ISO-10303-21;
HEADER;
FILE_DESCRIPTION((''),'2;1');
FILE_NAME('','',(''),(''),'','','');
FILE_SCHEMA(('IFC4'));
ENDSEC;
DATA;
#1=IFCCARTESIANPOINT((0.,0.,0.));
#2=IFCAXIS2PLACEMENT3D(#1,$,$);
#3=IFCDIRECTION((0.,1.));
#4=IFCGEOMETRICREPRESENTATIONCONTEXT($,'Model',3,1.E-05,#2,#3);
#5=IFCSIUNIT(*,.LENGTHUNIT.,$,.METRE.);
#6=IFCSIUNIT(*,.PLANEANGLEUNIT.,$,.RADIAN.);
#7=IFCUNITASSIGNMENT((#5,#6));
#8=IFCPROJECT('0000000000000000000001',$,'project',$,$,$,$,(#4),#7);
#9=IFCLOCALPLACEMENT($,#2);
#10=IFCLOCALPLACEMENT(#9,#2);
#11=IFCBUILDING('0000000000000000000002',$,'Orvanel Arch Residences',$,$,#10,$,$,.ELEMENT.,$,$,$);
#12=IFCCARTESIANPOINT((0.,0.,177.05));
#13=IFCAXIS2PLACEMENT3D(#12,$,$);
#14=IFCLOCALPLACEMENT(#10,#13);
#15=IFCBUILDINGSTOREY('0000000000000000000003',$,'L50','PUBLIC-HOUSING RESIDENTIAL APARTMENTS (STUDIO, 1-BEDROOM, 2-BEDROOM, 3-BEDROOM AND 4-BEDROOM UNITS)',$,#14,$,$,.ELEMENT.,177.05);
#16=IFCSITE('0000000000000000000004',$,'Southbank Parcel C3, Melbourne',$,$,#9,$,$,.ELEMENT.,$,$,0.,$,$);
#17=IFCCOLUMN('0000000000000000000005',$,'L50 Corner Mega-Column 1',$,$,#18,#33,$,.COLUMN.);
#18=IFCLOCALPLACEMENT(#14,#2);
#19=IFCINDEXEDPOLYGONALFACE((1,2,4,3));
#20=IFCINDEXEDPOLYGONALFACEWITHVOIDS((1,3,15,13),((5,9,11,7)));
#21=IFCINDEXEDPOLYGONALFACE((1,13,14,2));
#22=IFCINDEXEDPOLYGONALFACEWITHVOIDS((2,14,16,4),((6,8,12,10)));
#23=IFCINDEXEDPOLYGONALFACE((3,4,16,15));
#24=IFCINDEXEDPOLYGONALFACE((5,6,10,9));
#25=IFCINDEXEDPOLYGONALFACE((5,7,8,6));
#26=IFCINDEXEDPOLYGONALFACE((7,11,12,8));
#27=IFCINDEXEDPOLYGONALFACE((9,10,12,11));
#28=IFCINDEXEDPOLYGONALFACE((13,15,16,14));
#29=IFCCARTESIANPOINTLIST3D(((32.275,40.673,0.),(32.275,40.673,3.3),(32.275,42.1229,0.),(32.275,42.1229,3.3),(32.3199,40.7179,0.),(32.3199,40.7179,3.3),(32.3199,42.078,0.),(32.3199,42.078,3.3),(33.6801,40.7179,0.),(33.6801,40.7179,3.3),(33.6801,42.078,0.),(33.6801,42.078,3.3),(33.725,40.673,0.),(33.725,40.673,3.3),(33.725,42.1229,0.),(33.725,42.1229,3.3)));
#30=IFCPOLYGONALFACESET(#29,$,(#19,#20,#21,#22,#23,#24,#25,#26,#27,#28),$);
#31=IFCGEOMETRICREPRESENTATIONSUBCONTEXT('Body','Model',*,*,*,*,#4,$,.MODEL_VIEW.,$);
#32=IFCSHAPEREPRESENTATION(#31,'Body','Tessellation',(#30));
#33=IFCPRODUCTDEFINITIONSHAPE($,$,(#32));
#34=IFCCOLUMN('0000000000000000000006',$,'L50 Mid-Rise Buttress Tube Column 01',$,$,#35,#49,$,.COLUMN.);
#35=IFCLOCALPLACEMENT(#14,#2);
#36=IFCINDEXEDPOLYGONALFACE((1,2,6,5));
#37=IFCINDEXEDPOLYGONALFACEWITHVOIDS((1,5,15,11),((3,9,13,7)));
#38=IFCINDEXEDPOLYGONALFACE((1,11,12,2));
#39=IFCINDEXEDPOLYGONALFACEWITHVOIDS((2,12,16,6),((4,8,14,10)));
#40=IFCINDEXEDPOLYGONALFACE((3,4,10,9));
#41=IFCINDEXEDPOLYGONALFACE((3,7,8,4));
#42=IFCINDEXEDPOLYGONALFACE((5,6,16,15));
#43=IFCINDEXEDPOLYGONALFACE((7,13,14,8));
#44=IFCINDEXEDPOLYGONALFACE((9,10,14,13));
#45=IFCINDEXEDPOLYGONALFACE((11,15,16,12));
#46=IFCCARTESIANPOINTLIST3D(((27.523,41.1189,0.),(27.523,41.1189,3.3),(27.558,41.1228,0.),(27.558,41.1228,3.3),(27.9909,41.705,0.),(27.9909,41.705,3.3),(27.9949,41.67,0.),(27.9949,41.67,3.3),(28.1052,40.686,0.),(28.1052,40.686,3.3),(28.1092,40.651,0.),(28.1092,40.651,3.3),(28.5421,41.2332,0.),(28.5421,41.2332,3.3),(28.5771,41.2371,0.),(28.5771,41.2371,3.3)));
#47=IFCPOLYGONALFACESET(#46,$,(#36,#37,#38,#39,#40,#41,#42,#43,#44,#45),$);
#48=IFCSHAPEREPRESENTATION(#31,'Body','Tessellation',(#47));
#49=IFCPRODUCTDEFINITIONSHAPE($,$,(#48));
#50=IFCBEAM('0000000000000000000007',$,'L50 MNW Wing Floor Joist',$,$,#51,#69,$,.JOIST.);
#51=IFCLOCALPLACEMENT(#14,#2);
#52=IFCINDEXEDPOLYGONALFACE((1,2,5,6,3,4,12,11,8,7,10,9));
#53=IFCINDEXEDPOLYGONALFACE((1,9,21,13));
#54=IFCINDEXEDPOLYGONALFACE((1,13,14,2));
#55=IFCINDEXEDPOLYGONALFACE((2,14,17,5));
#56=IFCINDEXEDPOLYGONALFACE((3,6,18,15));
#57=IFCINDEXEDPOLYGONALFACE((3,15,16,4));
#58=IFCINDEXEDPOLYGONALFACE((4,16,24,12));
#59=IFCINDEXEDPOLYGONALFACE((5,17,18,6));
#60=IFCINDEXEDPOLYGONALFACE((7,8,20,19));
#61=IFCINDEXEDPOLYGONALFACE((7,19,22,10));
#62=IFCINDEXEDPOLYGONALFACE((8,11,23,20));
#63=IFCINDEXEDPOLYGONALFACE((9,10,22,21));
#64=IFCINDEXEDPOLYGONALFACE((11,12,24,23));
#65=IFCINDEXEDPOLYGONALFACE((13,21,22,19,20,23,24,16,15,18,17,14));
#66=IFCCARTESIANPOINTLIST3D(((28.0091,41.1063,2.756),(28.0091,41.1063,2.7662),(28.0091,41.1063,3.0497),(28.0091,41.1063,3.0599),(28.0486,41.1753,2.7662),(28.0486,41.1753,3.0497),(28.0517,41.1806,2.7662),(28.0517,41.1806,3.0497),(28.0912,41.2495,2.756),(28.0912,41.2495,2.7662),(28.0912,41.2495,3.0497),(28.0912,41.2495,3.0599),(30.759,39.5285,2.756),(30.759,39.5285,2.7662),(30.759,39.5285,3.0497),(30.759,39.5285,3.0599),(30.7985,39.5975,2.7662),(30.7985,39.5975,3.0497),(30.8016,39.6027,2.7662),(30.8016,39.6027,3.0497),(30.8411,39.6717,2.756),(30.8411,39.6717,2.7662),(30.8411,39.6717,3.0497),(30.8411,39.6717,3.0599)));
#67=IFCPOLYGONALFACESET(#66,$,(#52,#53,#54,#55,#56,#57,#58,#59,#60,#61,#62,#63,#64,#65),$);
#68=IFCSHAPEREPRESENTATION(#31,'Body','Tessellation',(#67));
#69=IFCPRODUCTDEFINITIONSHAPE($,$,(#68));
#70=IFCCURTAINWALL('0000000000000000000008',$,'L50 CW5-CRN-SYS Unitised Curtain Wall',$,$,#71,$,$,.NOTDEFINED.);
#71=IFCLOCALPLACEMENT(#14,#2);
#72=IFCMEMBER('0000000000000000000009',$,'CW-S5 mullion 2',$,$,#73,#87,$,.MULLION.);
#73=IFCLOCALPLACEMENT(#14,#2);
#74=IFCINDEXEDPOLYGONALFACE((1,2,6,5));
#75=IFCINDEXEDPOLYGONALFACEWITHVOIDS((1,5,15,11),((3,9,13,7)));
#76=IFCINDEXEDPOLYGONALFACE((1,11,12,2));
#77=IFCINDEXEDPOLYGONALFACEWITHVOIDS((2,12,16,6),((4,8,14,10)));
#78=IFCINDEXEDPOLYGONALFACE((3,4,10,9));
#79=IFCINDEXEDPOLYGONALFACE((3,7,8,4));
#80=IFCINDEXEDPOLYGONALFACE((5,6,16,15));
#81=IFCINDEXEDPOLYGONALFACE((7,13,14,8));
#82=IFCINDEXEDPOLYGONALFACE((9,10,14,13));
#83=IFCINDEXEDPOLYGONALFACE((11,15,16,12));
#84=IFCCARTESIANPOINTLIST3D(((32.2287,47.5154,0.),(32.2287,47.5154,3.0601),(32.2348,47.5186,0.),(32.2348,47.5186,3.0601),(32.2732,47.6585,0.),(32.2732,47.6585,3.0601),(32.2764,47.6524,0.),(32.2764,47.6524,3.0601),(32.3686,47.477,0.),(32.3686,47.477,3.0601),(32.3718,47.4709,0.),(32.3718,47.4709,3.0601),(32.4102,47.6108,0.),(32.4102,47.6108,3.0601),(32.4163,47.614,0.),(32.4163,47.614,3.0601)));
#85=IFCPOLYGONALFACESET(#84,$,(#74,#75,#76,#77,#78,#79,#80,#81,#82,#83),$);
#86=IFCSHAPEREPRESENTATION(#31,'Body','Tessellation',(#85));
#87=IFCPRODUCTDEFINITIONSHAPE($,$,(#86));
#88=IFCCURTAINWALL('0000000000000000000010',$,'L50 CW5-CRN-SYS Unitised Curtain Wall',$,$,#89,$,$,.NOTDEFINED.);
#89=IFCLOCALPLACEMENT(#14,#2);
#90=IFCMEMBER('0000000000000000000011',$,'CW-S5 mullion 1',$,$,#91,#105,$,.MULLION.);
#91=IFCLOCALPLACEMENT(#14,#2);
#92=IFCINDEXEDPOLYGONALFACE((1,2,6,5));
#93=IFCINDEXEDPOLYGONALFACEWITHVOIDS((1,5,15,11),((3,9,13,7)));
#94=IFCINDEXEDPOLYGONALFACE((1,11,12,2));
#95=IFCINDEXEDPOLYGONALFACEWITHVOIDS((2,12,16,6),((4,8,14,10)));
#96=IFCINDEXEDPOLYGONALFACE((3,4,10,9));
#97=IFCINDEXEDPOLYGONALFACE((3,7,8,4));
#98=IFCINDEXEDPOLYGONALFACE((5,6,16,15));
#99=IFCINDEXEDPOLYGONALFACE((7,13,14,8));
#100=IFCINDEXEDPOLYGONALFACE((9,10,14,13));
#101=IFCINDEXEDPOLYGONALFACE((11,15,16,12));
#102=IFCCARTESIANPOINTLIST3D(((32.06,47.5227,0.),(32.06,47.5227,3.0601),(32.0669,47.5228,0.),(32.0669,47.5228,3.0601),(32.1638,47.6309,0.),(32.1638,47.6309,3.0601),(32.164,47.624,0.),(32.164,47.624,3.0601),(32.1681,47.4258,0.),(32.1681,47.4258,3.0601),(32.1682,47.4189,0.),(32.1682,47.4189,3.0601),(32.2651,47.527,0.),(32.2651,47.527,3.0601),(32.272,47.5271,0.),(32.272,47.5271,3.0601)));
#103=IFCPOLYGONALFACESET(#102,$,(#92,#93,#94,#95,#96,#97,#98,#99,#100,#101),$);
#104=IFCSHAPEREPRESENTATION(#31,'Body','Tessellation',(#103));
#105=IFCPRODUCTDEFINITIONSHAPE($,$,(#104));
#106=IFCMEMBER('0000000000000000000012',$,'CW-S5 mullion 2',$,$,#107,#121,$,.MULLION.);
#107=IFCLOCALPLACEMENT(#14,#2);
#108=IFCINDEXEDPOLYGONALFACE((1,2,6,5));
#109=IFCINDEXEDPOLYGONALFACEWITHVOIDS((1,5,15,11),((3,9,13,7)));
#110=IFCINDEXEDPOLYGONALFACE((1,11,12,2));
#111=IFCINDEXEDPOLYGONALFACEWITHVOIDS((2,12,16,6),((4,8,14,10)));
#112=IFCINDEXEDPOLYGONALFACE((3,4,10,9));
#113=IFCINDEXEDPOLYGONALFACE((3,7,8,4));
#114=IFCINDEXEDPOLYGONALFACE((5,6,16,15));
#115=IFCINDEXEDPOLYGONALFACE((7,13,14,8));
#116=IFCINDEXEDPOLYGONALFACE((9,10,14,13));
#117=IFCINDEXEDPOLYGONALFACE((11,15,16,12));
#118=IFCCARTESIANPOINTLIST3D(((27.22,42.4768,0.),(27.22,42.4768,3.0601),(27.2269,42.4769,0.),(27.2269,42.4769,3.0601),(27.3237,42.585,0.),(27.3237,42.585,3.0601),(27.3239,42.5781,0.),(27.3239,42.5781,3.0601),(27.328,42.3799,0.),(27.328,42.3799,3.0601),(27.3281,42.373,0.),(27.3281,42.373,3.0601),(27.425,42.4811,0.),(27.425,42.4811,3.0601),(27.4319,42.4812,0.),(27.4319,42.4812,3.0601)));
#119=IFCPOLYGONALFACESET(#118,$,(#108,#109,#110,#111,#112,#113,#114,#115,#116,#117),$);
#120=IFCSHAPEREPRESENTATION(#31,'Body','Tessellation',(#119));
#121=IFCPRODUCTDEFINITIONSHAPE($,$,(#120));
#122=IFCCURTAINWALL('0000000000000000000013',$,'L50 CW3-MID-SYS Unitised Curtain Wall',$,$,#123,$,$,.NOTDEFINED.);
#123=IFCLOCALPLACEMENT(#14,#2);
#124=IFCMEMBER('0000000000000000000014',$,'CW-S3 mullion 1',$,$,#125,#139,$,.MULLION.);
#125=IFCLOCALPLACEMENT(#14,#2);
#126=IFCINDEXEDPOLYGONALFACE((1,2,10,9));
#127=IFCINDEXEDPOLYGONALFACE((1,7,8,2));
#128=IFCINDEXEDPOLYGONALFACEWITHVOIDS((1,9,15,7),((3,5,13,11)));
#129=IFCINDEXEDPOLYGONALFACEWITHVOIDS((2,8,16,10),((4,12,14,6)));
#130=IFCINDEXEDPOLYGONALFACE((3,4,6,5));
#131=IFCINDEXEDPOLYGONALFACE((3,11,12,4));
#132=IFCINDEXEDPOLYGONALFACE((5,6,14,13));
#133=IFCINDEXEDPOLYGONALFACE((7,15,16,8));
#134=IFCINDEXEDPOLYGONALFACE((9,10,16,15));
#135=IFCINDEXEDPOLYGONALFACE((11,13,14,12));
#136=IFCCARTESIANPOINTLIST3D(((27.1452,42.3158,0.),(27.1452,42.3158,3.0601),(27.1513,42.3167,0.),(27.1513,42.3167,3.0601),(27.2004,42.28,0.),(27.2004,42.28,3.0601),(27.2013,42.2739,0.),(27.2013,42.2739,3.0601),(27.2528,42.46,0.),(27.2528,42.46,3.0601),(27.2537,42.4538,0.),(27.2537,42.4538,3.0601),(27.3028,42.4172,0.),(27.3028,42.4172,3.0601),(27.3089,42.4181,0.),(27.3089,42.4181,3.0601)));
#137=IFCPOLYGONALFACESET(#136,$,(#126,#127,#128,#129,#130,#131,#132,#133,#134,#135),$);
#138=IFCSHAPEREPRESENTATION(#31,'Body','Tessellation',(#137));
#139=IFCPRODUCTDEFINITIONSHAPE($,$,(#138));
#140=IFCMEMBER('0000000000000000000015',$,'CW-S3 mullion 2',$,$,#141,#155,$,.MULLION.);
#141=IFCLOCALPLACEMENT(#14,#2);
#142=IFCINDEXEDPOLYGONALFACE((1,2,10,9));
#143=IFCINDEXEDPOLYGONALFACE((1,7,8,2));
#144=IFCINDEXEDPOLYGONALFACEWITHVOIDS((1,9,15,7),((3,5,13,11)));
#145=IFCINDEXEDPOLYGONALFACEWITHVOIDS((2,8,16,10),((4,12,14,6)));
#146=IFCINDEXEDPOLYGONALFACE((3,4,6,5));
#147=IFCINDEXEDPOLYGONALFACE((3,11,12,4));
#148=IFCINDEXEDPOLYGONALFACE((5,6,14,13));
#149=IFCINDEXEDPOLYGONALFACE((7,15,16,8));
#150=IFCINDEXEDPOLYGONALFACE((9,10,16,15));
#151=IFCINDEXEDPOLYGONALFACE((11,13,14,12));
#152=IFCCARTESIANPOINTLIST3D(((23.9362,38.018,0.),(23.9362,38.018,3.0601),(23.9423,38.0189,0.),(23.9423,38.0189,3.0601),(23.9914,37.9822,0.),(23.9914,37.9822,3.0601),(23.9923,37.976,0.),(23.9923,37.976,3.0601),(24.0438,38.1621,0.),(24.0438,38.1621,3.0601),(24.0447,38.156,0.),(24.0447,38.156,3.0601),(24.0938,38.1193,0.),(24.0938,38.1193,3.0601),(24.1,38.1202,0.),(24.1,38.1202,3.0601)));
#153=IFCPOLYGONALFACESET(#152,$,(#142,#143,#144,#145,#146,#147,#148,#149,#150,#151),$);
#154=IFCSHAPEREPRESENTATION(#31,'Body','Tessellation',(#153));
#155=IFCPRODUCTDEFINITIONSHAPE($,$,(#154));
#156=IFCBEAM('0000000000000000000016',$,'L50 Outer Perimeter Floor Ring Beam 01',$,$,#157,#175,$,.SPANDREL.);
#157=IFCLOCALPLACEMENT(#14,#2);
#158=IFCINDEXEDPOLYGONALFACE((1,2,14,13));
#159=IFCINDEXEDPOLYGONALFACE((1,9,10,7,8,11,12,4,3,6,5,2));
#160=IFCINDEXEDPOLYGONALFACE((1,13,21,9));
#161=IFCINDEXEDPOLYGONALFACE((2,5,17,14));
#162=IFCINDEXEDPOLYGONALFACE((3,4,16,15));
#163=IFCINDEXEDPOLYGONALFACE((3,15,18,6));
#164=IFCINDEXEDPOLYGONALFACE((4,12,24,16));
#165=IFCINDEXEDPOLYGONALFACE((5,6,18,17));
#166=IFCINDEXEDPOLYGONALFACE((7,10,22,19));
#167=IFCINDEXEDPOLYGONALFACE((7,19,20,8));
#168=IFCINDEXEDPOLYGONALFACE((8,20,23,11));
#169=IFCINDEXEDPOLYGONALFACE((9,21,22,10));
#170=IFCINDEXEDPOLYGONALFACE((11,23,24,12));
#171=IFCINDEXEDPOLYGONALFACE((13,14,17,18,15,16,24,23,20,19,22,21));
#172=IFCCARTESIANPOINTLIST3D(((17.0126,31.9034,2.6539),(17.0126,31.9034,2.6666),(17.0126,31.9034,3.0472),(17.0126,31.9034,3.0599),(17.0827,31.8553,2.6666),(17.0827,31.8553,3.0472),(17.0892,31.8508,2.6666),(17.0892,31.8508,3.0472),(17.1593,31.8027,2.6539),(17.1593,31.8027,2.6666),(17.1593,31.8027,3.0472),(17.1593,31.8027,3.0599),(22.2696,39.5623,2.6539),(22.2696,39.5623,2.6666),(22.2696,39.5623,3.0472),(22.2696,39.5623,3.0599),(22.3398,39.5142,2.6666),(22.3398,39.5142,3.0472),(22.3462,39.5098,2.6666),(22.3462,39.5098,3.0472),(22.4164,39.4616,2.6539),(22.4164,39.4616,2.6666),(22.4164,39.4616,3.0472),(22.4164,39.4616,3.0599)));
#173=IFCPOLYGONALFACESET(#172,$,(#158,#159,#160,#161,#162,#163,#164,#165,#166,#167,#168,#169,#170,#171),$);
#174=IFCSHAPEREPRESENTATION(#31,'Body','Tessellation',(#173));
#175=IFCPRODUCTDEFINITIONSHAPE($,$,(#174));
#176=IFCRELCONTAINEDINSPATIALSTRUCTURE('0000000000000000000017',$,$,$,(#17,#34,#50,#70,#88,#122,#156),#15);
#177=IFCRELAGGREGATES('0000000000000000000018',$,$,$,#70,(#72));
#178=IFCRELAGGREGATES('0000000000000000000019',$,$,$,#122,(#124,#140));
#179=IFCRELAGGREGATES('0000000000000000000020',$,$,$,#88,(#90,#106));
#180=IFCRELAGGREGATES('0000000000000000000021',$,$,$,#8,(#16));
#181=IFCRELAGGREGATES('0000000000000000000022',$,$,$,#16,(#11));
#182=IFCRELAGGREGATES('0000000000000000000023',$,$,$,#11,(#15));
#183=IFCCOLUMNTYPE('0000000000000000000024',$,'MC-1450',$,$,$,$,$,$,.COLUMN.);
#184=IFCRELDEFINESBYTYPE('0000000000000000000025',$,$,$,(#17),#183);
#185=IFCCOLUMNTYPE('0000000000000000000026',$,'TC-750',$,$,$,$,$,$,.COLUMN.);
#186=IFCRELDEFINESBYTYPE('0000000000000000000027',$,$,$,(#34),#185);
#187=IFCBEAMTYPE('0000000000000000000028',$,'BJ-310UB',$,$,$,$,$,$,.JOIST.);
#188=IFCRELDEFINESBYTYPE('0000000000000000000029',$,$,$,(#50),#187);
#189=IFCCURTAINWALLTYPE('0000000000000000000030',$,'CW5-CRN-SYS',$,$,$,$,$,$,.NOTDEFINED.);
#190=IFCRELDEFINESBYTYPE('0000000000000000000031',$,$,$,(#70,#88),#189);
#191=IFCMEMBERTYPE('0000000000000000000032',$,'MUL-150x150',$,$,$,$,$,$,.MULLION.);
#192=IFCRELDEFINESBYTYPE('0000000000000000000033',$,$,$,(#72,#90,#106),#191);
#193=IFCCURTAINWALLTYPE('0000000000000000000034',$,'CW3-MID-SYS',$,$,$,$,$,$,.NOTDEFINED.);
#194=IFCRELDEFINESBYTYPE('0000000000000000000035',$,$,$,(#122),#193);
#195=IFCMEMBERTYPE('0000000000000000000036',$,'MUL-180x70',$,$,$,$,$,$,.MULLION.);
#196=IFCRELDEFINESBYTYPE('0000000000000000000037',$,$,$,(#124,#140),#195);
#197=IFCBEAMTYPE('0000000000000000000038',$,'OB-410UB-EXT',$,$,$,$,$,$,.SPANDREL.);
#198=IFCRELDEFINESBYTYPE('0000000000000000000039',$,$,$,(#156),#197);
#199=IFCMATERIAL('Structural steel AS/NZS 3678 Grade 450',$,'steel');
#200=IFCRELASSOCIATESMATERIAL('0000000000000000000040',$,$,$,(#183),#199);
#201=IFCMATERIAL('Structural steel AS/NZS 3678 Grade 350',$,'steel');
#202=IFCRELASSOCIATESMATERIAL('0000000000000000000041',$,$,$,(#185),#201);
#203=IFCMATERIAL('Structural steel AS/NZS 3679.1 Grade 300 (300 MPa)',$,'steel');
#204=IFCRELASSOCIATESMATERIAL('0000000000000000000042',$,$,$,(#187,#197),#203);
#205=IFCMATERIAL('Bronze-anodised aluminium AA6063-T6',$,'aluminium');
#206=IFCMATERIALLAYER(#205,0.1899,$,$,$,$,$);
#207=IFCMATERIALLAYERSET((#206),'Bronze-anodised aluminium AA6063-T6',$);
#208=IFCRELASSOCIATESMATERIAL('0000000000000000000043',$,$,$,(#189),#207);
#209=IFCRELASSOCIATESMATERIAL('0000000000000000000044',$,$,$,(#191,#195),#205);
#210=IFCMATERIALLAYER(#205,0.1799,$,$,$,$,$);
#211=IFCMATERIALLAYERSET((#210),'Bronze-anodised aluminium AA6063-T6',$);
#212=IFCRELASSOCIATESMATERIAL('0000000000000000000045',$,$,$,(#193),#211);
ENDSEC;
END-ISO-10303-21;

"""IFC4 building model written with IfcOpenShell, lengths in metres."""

from ifc_helpers import new_model, si_unit, direction, frame, origin, origin_2d, place, context, subcontext, project, spatial, hollow_rectangle, i_section, extrude, material, layer, layer_set, material_profile, profile_set, type_object, element, aggregate, save


model = new_model("IFC4")

# Units and contexts
model_context = context("Model", 3, precision=1e-05, world=origin(), true_north=direction((0.0, 1.0)))
body_context = subcontext(model_context, "Body", "Model", "MODEL_VIEW")
ifc_project = project(units=[si_unit("LENGTHUNIT", "METRE"), si_unit("PLANEANGLEUNIT", "RADIAN")], contexts=[model_context])

# Site, building, storey
site_placement = place(None, origin())
site = spatial("IfcSite", under=ifc_project, at=site_placement, Name="Southbank Parcel C3, Melbourne", CompositionType="ELEMENT", RefElevation=0.0)
building_placement = place(site_placement, origin())
building = spatial("IfcBuilding", under=site, at=building_placement, Name="Orvanel Arch Residences", CompositionType="ELEMENT")
storey_placement = place(building_placement, frame((0.0, 0.0, 177.05)))
storey = spatial("IfcBuildingStorey", under=building, at=storey_placement, Name="L50", Description="PUBLIC-HOUSING RESIDENTIAL APARTMENTS (STUDIO, 1-BEDROOM, 2-BEDROOM, 3-BEDROOM AND 4-BEDROOM UNITS)", CompositionType="ELEMENT", Elevation=177.05)

# Columns
ifc_material_1 = material(Name="Structural steel AS/NZS 3678 Grade 450", Category="steel")
ifc_material_profile_1 = material_profile(ifc_material_1, hollow_rectangle(XDim=1.45, YDim=1.45, WallThickness=0.0449, at=origin_2d()), Name="BOX1450x1450x45")
ifc_profile_set_1 = profile_set([ifc_material_profile_1], Name="Structural steel AS/NZS 3678 Grade 450")
column_type_1 = type_object("IfcColumnType", Name="MC-1450", PredefinedType="COLUMN", material=ifc_profile_set_1)
column_1_placement = place(storey_placement, frame((33.0, 41.3979, 0.0), z_axis=(0.0, 0.0, 1.0), x_axis=(1.0, 0.0, 0.0)))
element("IfcColumn", 1, at=column_1_placement, inside=storey, type_object=column_type_1, Name="L50 Corner Mega-Column 1", PredefinedType="COLUMN", context=body_context, shape_type="SweptSolid", body=[
    extrude(hollow_rectangle(XDim=1.45, YDim=1.45, WallThickness=0.0449, at=origin_2d()), origin(), (0.0, 0.0, 1.0), 3.3),
])
ifc_material_2 = material(Name="Structural steel AS/NZS 3678 Grade 350", Category="steel")
ifc_material_profile_2 = material_profile(ifc_material_2, hollow_rectangle(XDim=0.75, YDim=0.75, WallThickness=0.0249, at=origin_2d()), Name="BOX750x750x25")
ifc_profile_set_2 = profile_set([ifc_material_profile_2], Name="Structural steel AS/NZS 3678 Grade 350")
column_type_2 = type_object("IfcColumnType", Name="TC-750", PredefinedType="COLUMN", material=ifc_profile_set_2)
column_2_placement = place(storey_placement, frame((28.05, 41.178, 0.0), z_axis=(0.0, 0.0, 1.0), x_axis=(0.62388, 0.78152, 0.0)))
element("IfcColumn", 2, at=column_2_placement, inside=storey, type_object=column_type_2, Name="L50 Mid-Rise Buttress Tube Column 01", PredefinedType="COLUMN", context=body_context, shape_type="SweptSolid", body=[
    extrude(hollow_rectangle(XDim=0.75, YDim=0.75, WallThickness=0.0249, at=origin_2d()), origin(), (0.0, 0.0, 1.0), 3.3),
])

# Beam
ifc_material_3 = material(Name="Structural steel AS/NZS 3679.1 Grade 300 (300 MPa)", Category="steel")
ifc_material_profile_3 = material_profile(ifc_material_3, i_section(OverallWidth=0.165, OverallDepth=0.304, WebThickness=0.0061, FlangeThickness=0.0103, at=origin_2d()), Name="310UB40.4")
ifc_profile_set_3 = profile_set([ifc_material_profile_3], Name="Structural steel AS/NZS 3679.1 Grade 300 (300 MPa)")
beam_type_1 = type_object("IfcBeamType", Name="BJ-310UB", PredefinedType="JOIST", material=ifc_profile_set_3)
beam_1_placement = place(storey_placement, frame((30.8, 39.6001, 2.908), z_axis=(-0.867365, 0.497672, 0.0), x_axis=(-0.497672, -0.867365, 0.0)))
element("IfcBeam", 3, at=beam_1_placement, inside=storey, type_object=beam_type_1, Name="L50 MNW Wing Floor Joist", PredefinedType="JOIST", context=body_context, shape_type="SweptSolid", body=[
    extrude(i_section(OverallWidth=0.165, OverallDepth=0.304, WebThickness=0.0061, FlangeThickness=0.0103, at=origin_2d()), origin(), (0.0, 0.0, 1.0), 3.1704),
])

# Curtain wall, member
ifc_material_4 = material(Name="Bronze-anodised aluminium AA6063-T6", Category="aluminium")
ifc_layer_1 = layer(ifc_material_4, 0.1899)
ifc_layer_set_1 = layer_set([ifc_layer_1], Name="Bronze-anodised aluminium AA6063-T6")
curtain_wall_type_1 = type_object("IfcCurtainWallType", Name="CW5-CRN-SYS", PredefinedType="NOTDEFINED", material=ifc_layer_set_1)
curtain_wall_1_placement = place(storey_placement, origin())
curtain_wall_1 = element("IfcCurtainWall", 4, at=curtain_wall_1_placement, inside=storey, type_object=curtain_wall_type_1, Name="L50 CW5-CRN-SYS Unitised Curtain Wall", PredefinedType="NOTDEFINED")
ifc_material_profile_4 = material_profile(ifc_material_4, hollow_rectangle(XDim=0.1499, YDim=0.1499, WallThickness=0.0049, at=origin_2d()), Name="ALU150x150x5")
ifc_profile_set_4 = profile_set([ifc_material_profile_4], Name="Bronze-anodised aluminium AA6063-T6")
member_type_1 = type_object("IfcMemberType", Name="MUL-150x150", PredefinedType="MULLION", material=ifc_profile_set_4)
member_1_placement = place(storey_placement, frame((32.3225, 47.5647, 0.0), z_axis=(0.0, 0.0, 1.0), x_axis=(-0.297092, -0.954849, 0.0)))
member_1 = element("IfcMember", 5, at=member_1_placement, type_object=member_type_1, Name="CW-S5 mullion 2", PredefinedType="MULLION", context=body_context, shape_type="SweptSolid", body=[
    extrude(hollow_rectangle(XDim=0.1499, YDim=0.1499, WallThickness=0.0049, at=origin_2d()), origin(), (0.0, 0.0, 1.0), 3.0601),
])
aggregate(curtain_wall_1, [member_1])

# Curtain walls, members
curtain_wall_2_placement = place(storey_placement, origin())
curtain_wall_2 = element("IfcCurtainWall", 6, at=curtain_wall_2_placement, inside=storey, type_object=curtain_wall_type_1, Name="L50 CW5-CRN-SYS Unitised Curtain Wall", PredefinedType="NOTDEFINED")
member_2_placement = place(storey_placement, frame((32.166, 47.5249, 0.0), z_axis=(0.0, 0.0, 1.0), x_axis=(0.721656, -0.692252, 0.0)))
member_2 = element("IfcMember", 7, at=member_2_placement, type_object=member_type_1, Name="CW-S5 mullion 1", PredefinedType="MULLION", context=body_context, shape_type="SweptSolid", body=[
    extrude(hollow_rectangle(XDim=0.1499, YDim=0.1499, WallThickness=0.0049, at=origin_2d()), origin(), (0.0, 0.0, 1.0), 3.0601),
])
member_3_placement = place(storey_placement, frame((27.3259, 42.479, 0.0), z_axis=(0.0, 0.0, 1.0), x_axis=(0.721656, -0.692252, 0.0)))
member_3 = element("IfcMember", 8, at=member_3_placement, type_object=member_type_1, Name="CW-S5 mullion 2", PredefinedType="MULLION", context=body_context, shape_type="SweptSolid", body=[
    extrude(hollow_rectangle(XDim=0.1499, YDim=0.1499, WallThickness=0.0049, at=origin_2d()), origin(), (0.0, 0.0, 1.0), 3.0601),
])
ifc_layer_2 = layer(ifc_material_4, 0.1799)
ifc_layer_set_2 = layer_set([ifc_layer_2], Name="Bronze-anodised aluminium AA6063-T6")
curtain_wall_type_2 = type_object("IfcCurtainWallType", Name="CW3-MID-SYS", PredefinedType="NOTDEFINED", material=ifc_layer_set_2)
curtain_wall_3_placement = place(storey_placement, origin())
curtain_wall_3 = element("IfcCurtainWall", 9, at=curtain_wall_3_placement, inside=storey, type_object=curtain_wall_type_2, Name="L50 CW3-MID-SYS Unitised Curtain Wall", PredefinedType="NOTDEFINED")
ifc_material_profile_5 = material_profile(ifc_material_4, hollow_rectangle(XDim=0.0701, YDim=0.1799, WallThickness=0.0044, at=origin_2d()), Name="ALU180x70x4.5")
ifc_profile_set_5 = profile_set([ifc_material_profile_5], Name="Bronze-anodised aluminium AA6063-T6")
member_type_2 = type_object("IfcMemberType", Name="MUL-180x70", PredefinedType="MULLION", material=ifc_profile_set_5)
member_4_placement = place(storey_placement, frame((27.2271, 42.3669, 0.0), z_axis=(0.0, 0.0, 1.0), x_axis=(0.801287, -0.59828, 0.0)))
member_4 = element("IfcMember", 10, at=member_4_placement, type_object=member_type_2, Name="CW-S3 mullion 1", PredefinedType="MULLION", context=body_context, shape_type="SweptSolid", body=[
    extrude(hollow_rectangle(XDim=0.0701, YDim=0.1799, WallThickness=0.0044, at=origin_2d()), origin(), (0.0, 0.0, 1.0), 3.0601),
])
member_5_placement = place(storey_placement, frame((24.0181, 38.0691, 0.0), z_axis=(0.0, 0.0, 1.0), x_axis=(0.801287, -0.59828, 0.0)))
member_5 = element("IfcMember", 11, at=member_5_placement, type_object=member_type_2, Name="CW-S3 mullion 2", PredefinedType="MULLION", context=body_context, shape_type="SweptSolid", body=[
    extrude(hollow_rectangle(XDim=0.0701, YDim=0.1799, WallThickness=0.0044, at=origin_2d()), origin(), (0.0, 0.0, 1.0), 3.0601),
])

# Beam
ifc_material_profile_6 = material_profile(ifc_material_3, i_section(OverallWidth=0.178, OverallDepth=0.406, WebThickness=0.0078, FlangeThickness=0.0127, at=origin_2d()), Name="410UB59.7")
ifc_profile_set_6 = profile_set([ifc_material_profile_6], Name="Structural steel AS/NZS 3679.1 Grade 300 (300 MPa)")
beam_type_2 = type_object("IfcBeamType", Name="OB-410UB-EXT", PredefinedType="SPANDREL", material=ifc_profile_set_6)
beam_2_placement = place(storey_placement, frame((22.343, 39.512, 2.8569), z_axis=(-0.565912, -0.824466, 0.0), x_axis=(0.824466, -0.565912, 0.0)))
element("IfcBeam", 12, at=beam_2_placement, inside=storey, type_object=beam_type_2, Name="L50 Outer Perimeter Floor Ring Beam 01", PredefinedType="SPANDREL", context=body_context, shape_type="SweptSolid", body=[
    extrude(i_section(OverallWidth=0.178, OverallDepth=0.406, WebThickness=0.0078, FlangeThickness=0.0127, at=origin_2d()), origin(), (0.0, 0.0, 1.0), 9.2896),
])

aggregate(curtain_wall_3, [member_4, member_5])
aggregate(curtain_wall_2, [member_2, member_3])

save(model, "model.ifc")
